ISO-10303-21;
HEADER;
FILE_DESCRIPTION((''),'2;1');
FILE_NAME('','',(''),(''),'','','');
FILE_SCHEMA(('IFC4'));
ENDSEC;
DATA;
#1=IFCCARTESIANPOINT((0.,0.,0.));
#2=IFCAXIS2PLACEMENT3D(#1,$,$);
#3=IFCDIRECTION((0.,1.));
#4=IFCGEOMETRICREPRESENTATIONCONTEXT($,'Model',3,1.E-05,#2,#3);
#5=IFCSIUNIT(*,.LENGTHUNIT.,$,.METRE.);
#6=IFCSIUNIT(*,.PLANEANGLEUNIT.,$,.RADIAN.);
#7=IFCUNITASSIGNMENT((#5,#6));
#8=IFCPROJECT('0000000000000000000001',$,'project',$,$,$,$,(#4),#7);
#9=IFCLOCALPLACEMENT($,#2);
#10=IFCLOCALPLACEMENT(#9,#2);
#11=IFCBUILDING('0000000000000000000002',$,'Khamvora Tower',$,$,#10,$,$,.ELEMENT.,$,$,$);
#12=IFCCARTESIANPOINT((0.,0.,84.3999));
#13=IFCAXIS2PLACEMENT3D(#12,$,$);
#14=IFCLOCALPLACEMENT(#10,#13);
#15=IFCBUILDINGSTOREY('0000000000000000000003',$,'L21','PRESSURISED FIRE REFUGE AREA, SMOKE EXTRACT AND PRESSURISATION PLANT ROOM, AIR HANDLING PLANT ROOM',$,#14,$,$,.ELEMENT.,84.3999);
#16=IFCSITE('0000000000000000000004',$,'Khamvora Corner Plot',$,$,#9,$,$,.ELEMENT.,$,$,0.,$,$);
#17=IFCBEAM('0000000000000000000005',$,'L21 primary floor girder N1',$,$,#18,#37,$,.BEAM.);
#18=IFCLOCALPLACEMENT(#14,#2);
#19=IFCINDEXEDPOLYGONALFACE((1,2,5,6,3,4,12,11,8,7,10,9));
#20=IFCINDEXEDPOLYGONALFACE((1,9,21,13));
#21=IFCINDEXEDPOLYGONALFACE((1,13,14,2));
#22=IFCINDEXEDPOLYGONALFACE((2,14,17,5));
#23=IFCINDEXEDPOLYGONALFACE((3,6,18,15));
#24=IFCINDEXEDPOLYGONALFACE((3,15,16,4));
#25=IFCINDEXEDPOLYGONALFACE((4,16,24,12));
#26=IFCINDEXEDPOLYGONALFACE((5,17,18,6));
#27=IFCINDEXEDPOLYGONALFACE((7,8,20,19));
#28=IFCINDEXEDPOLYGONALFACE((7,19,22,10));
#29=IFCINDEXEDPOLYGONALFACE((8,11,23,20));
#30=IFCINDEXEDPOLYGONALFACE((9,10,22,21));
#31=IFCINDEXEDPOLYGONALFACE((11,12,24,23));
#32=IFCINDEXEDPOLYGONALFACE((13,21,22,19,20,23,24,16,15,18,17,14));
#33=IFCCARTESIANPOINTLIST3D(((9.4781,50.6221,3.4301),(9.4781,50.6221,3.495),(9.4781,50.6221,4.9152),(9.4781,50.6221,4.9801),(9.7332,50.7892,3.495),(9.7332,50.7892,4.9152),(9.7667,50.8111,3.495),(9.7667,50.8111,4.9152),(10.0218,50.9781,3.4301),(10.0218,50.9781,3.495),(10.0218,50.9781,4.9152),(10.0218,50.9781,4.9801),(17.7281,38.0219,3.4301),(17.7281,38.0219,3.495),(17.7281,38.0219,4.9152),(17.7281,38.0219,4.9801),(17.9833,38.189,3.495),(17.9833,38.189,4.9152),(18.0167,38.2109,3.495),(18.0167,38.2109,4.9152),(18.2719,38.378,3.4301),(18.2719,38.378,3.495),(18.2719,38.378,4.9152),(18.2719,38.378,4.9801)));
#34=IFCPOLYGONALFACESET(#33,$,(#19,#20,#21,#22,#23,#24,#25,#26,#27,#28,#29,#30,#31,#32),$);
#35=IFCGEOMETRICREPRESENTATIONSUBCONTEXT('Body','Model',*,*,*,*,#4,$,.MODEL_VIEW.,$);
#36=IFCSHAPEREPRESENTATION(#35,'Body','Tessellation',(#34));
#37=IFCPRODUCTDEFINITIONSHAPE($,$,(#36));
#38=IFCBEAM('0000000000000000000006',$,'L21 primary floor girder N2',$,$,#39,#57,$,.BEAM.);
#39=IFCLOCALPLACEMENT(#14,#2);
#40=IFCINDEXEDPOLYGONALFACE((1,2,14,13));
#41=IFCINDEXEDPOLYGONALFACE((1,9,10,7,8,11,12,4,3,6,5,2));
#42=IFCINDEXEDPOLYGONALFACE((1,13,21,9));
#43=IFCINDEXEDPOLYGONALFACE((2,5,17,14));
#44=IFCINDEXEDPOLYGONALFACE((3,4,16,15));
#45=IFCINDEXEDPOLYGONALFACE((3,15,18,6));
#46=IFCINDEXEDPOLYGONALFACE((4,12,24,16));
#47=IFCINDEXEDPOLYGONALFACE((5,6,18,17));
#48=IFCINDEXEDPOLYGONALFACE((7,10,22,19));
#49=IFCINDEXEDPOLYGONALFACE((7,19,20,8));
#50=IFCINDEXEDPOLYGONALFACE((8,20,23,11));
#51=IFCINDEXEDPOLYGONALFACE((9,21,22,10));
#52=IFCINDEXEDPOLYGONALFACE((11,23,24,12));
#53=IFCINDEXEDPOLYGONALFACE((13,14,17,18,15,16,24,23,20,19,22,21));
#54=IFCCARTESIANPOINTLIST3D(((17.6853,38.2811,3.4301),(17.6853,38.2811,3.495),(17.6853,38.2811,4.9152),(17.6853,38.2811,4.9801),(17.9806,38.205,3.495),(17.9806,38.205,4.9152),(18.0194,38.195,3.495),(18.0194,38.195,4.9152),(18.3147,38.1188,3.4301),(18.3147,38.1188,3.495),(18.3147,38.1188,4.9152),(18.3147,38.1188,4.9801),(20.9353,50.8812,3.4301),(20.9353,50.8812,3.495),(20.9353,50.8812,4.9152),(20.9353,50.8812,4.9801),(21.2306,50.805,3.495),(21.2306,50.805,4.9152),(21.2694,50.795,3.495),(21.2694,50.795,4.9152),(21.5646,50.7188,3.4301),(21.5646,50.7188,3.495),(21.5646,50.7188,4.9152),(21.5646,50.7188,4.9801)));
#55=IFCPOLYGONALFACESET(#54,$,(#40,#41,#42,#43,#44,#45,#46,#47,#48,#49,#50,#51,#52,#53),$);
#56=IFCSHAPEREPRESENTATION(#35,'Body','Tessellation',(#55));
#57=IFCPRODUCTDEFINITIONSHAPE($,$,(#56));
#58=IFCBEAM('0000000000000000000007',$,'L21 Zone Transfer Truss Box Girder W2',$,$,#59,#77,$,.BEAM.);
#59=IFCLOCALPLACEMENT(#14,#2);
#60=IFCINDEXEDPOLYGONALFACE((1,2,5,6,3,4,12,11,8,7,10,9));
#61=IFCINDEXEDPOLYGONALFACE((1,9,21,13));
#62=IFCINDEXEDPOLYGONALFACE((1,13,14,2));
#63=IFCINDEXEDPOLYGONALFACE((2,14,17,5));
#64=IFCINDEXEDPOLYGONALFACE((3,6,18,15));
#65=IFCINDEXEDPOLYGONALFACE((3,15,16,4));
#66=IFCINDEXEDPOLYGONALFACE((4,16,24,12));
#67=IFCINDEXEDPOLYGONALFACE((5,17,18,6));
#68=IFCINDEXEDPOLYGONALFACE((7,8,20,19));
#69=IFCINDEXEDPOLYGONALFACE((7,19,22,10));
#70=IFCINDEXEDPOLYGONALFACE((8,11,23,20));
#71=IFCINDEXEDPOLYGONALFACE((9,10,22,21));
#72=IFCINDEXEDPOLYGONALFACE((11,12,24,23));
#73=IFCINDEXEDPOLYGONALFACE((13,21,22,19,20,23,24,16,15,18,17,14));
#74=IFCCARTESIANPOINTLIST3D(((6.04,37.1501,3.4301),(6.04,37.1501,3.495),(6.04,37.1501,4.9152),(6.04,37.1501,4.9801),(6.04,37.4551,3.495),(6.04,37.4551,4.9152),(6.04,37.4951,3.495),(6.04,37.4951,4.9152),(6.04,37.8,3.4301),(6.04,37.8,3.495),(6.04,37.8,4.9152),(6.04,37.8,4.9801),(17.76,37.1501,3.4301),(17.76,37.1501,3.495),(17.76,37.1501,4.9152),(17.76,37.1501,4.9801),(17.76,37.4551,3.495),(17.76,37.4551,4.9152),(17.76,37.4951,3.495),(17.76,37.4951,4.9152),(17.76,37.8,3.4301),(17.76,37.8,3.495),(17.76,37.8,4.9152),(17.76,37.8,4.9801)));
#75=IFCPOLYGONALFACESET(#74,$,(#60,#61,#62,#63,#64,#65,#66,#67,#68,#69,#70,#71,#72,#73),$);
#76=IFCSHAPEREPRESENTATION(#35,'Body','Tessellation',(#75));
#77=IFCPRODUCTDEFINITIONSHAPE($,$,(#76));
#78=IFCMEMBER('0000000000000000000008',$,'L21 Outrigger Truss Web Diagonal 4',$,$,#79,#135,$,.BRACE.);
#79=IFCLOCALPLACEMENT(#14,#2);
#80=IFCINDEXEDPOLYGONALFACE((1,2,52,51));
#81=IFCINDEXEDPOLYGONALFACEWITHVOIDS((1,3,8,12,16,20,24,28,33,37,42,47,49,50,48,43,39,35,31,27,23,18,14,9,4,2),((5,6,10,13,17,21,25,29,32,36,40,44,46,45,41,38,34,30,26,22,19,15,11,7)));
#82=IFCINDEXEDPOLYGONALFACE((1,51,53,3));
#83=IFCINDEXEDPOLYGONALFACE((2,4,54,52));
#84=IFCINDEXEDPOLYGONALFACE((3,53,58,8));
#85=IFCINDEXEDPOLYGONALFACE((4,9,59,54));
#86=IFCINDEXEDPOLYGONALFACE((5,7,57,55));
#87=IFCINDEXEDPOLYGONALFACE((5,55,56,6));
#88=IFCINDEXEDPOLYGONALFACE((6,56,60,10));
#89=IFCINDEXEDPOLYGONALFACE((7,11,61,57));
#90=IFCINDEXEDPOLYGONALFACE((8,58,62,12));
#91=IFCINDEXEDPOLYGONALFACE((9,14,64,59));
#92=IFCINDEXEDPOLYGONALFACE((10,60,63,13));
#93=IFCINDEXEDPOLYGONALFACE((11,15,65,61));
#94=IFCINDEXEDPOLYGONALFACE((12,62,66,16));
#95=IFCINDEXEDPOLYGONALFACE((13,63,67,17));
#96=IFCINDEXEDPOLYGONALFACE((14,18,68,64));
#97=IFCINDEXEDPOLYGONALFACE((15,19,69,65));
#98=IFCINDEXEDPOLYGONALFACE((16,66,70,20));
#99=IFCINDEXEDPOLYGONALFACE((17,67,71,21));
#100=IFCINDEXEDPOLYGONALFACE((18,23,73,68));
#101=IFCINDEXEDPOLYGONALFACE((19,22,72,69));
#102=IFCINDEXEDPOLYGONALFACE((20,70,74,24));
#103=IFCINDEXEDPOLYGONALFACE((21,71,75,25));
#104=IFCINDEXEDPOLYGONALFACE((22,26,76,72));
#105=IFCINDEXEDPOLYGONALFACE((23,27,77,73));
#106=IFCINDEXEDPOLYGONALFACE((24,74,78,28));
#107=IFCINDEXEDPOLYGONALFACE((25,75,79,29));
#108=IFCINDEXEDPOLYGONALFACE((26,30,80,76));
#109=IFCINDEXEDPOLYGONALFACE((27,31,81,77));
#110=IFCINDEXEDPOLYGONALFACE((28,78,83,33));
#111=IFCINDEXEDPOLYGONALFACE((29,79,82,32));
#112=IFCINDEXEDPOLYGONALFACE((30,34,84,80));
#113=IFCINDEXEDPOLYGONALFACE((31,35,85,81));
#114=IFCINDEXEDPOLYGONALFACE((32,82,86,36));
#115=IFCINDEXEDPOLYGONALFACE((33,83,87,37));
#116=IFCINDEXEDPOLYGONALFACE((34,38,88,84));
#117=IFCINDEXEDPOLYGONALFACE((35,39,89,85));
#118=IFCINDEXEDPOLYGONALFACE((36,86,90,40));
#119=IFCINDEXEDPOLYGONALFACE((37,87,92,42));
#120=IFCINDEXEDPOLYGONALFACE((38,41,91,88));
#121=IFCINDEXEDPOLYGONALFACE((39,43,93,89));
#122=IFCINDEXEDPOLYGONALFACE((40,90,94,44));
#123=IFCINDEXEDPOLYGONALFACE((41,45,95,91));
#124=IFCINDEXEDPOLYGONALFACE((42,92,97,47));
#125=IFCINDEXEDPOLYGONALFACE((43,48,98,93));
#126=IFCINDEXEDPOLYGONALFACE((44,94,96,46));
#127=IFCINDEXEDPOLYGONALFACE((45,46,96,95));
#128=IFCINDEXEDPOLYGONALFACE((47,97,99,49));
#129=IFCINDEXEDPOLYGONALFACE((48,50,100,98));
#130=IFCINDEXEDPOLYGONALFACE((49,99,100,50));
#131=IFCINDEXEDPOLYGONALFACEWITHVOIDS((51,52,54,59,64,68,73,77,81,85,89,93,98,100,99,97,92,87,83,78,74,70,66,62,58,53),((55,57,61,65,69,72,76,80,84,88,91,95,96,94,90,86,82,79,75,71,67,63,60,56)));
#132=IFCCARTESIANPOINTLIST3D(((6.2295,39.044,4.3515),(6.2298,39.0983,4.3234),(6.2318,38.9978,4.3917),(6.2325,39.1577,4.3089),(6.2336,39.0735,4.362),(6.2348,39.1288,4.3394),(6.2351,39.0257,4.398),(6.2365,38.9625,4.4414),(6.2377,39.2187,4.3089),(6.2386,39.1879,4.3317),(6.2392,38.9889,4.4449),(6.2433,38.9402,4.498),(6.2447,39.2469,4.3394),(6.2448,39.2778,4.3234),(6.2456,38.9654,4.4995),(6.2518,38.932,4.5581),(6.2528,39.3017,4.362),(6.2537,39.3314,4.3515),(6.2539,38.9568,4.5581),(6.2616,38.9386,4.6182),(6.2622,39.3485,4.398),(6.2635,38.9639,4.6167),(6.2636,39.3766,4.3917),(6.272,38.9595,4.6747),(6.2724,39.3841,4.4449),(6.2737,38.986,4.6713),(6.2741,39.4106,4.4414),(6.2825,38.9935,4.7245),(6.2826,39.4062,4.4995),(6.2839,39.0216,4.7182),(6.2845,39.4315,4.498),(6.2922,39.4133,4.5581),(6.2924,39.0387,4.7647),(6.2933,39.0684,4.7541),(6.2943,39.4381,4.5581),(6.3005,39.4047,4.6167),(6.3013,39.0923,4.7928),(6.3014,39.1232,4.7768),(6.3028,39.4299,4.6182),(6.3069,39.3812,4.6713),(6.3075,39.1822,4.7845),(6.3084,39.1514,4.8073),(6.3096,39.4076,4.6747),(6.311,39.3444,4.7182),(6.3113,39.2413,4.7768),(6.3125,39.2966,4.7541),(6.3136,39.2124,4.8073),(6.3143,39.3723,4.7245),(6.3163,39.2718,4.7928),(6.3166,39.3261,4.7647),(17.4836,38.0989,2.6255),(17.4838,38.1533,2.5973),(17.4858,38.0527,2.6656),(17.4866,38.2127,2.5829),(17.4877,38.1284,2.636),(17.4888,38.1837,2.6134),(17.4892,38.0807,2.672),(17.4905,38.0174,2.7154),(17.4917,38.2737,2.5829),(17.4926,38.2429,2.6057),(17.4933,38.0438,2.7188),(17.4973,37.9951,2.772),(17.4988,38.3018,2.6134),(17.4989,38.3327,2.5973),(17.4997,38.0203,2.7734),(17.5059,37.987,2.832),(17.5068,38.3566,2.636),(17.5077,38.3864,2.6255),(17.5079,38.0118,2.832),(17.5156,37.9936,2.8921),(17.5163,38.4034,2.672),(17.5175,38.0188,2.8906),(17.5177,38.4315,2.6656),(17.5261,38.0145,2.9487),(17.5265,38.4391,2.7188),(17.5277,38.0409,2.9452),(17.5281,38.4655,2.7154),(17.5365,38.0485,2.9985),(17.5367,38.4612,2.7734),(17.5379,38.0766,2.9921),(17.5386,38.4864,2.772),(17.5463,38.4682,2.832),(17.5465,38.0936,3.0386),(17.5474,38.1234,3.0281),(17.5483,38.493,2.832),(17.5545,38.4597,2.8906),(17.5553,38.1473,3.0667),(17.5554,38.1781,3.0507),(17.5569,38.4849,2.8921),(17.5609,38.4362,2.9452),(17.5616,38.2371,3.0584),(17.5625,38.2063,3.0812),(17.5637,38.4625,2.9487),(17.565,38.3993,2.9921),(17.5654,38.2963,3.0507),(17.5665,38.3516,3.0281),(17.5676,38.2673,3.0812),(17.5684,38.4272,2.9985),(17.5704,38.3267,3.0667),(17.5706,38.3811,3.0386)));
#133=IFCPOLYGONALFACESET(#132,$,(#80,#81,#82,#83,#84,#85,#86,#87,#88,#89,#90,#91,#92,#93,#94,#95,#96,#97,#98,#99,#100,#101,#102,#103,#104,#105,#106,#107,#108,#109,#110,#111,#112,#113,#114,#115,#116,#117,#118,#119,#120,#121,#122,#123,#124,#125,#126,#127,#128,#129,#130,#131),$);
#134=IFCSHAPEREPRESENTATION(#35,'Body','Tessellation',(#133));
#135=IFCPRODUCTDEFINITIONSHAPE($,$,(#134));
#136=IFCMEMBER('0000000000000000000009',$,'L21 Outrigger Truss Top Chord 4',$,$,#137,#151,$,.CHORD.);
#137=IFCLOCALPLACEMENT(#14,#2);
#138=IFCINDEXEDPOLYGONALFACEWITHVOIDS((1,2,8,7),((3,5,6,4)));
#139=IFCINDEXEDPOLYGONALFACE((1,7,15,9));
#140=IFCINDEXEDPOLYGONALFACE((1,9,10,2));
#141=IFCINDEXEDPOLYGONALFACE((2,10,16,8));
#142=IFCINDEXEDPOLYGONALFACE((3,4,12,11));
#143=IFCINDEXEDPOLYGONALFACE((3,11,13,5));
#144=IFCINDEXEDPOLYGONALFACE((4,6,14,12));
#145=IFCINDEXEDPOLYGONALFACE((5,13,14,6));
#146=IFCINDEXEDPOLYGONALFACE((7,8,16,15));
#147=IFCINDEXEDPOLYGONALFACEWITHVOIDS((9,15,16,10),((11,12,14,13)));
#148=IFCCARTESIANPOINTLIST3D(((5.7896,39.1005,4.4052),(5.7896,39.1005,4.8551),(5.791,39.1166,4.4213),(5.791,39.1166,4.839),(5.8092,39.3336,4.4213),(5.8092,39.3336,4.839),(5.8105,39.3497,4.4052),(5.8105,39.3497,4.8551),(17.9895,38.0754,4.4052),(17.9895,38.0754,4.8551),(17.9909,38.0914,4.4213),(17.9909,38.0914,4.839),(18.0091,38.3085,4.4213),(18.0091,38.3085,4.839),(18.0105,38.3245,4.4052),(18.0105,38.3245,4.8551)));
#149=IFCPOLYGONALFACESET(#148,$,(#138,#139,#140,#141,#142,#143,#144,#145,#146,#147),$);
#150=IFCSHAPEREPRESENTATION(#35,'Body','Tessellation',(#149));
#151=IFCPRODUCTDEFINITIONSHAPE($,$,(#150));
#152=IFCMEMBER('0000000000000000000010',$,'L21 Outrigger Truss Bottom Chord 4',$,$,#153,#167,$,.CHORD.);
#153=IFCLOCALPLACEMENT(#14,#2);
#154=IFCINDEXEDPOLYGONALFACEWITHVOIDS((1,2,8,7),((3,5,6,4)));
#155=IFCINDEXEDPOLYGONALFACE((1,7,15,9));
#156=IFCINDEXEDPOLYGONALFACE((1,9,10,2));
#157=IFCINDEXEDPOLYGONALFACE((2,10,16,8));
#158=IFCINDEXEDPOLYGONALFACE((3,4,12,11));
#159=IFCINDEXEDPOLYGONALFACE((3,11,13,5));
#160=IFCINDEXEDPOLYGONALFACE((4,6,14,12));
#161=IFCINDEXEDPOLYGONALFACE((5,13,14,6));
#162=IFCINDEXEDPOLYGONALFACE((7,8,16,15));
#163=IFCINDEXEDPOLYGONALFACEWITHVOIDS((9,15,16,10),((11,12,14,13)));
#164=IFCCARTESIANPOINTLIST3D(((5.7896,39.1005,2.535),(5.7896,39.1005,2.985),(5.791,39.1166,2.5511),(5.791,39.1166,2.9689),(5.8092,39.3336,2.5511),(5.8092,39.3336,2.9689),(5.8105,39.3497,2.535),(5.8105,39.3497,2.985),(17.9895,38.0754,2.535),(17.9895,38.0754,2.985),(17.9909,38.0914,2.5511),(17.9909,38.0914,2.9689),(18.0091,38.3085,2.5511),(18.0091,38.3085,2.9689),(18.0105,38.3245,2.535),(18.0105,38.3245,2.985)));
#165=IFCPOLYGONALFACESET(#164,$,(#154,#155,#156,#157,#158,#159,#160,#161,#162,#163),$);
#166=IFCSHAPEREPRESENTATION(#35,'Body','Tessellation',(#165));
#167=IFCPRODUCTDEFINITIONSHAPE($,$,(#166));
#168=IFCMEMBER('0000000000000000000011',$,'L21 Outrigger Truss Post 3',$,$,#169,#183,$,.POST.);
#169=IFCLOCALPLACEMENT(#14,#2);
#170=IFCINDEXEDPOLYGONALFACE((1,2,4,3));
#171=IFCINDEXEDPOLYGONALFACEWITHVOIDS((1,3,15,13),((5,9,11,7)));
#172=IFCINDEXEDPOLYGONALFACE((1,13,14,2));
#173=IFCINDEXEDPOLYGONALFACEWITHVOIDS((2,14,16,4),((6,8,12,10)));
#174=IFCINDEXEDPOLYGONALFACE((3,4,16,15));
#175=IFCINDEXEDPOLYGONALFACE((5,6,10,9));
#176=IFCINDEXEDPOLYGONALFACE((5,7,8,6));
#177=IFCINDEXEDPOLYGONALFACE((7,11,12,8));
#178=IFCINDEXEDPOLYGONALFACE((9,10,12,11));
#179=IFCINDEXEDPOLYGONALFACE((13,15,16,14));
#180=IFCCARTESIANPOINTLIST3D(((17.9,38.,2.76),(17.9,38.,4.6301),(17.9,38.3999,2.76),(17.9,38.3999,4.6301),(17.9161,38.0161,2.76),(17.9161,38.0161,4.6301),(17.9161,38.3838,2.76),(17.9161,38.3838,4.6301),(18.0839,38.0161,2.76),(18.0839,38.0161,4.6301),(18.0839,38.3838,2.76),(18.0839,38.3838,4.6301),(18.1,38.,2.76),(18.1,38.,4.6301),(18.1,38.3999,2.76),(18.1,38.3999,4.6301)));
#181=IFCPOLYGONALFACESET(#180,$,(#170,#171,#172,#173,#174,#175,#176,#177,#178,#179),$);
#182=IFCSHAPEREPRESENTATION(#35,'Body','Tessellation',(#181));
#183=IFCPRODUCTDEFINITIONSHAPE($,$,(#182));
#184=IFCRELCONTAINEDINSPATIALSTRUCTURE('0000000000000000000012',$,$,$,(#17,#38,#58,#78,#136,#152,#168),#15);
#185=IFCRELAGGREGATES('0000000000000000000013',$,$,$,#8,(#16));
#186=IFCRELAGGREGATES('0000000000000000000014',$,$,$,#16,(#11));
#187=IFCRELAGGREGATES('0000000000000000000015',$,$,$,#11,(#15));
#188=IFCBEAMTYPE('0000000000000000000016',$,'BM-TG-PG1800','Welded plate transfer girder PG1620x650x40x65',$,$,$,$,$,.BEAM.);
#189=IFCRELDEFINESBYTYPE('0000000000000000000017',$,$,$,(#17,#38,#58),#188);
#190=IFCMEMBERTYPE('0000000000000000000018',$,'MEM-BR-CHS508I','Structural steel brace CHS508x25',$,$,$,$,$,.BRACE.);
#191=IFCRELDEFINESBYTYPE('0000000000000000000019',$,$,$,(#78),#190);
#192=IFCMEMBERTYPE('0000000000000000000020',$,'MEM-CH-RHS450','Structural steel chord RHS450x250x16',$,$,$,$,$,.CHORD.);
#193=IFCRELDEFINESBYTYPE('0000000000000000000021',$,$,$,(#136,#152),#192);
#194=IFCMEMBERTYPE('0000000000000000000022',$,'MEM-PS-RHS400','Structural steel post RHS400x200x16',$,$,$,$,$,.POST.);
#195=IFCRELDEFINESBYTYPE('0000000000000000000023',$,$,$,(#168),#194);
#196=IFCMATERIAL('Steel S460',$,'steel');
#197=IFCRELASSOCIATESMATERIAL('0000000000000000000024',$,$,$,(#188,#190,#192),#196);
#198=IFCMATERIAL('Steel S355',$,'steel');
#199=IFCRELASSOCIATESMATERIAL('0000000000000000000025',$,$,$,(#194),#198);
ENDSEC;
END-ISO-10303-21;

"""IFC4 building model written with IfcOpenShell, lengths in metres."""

from ifc_helpers import new_model, si_unit, direction, frame, origin, origin_2d, place, context, subcontext, project, spatial, hollow_rectangle, hollow_circle, i_section, extrude, material, material_profile, profile_set, type_object, element, save


model = new_model("IFC4")

# Units and contexts
model_context = context("Model", 3, precision=1e-05, world=origin(), true_north=direction((0.0, 1.0)))
body_context = subcontext(model_context, "Body", "Model", "MODEL_VIEW")
ifc_project = project(units=[si_unit("LENGTHUNIT", "METRE"), si_unit("PLANEANGLEUNIT", "RADIAN")], contexts=[model_context])

# Site, building, storey
site_placement = place(None, origin())
site = spatial("IfcSite", under=ifc_project, at=site_placement, Name="Khamvora Corner Plot", CompositionType="ELEMENT", RefElevation=0.0)
building_placement = place(site_placement, origin())
building = spatial("IfcBuilding", under=site, at=building_placement, Name="Khamvora Tower", CompositionType="ELEMENT")
storey_placement = place(building_placement, frame((0.0, 0.0, 84.3999)))
storey = spatial("IfcBuildingStorey", under=building, at=storey_placement, Name="L21", Description="PRESSURISED FIRE REFUGE AREA, SMOKE EXTRACT AND PRESSURISATION PLANT ROOM, AIR HANDLING PLANT ROOM", CompositionType="ELEMENT", Elevation=84.3999)

# Shared definitions
ifc_material_1 = material(Name="Steel S355", Category="steel")

# Beams
ifc_material_2 = material(Name="Steel S460", Category="steel")
ifc_material_profile_1 = material_profile(ifc_material_2, i_section(OverallWidth=0.6499, OverallDepth=1.55, WebThickness=0.04, FlangeThickness=0.0649, at=origin_2d()), Name="PG1550x650x40x65")
ifc_profile_set_1 = profile_set([ifc_material_profile_1], Name="Steel S460")
beam_type_1 = type_object("IfcBeamType", Name="BM-TG-PG1800", Description="Welded plate transfer girder PG1620x650x40x65", PredefinedType="BEAM", material=ifc_profile_set_1)
beam_1_placement = place(storey_placement, frame((18.0, 38.2, 4.2051), z_axis=(-0.547783, 0.83662, 0.0), x_axis=(-0.83662, -0.547783, 0.0)))
element("IfcBeam", 1, at=beam_1_placement, inside=storey, type_object=beam_type_1, Name="L21 primary floor girder N1", PredefinedType="BEAM", context=body_context, shape_type="SweptSolid", body=[
    extrude(i_section(OverallWidth=0.6499, OverallDepth=1.55, WebThickness=0.04, FlangeThickness=0.0649, at=origin_2d()), origin(), (0.0, 0.0, 1.0), 15.0608),
])
beam_2_placement = place(storey_placement, frame((18.0, 38.2, 4.2051), z_axis=(0.24976, 0.968308, 0.0), x_axis=(-0.968308, 0.24976, 0.0)))
element("IfcBeam", 2, at=beam_2_placement, inside=storey, type_object=beam_type_1, Name="L21 primary floor girder N2", PredefinedType="BEAM", context=body_context, shape_type="SweptSolid", body=[
    extrude(i_section(OverallWidth=0.6499, OverallDepth=1.55, WebThickness=0.04, FlangeThickness=0.0649, at=origin_2d()), origin(), (0.0, 0.0, 1.0), 13.0125),
])
beam_3_placement = place(storey_placement, frame((6.04, 37.4751, 4.2051), z_axis=(1.0, 0.0, 0.0), x_axis=(0.0, 1.0, 0.0)))
element("IfcBeam", 3, at=beam_3_placement, inside=storey, type_object=beam_type_1, Name="L21 Zone Transfer Truss Box Girder W2", PredefinedType="BEAM", context=body_context, shape_type="SweptSolid", body=[
    extrude(i_section(OverallWidth=0.6499, OverallDepth=1.55, WebThickness=0.04, FlangeThickness=0.0649, at=origin_2d()), origin(), (0.0, 0.0, 1.0), 11.72),
])

# Members
ifc_material_profile_2 = material_profile(ifc_material_2, hollow_circle(Radius=0.2539, WallThickness=0.0249, at=origin_2d()), Name="CHS508x25")
ifc_profile_set_2 = profile_set([ifc_material_profile_2], Name="Steel S460")
member_type_1 = type_object("IfcMemberType", Name="MEM-BR-CHS508I", Description="Structural steel brace CHS508x25", PredefinedType="BRACE", material=ifc_profile_set_2)
member_placement = place(storey_placement, frame((17.5271, 38.24, 2.832), z_axis=(-0.985054, 0.08272, 0.15108), x_axis=(-0.083681, -0.996493, 0.0)))
element("IfcMember", 4, at=member_placement, inside=storey, type_object=member_type_1, Name="L21 Outrigger Truss Web Diagonal 4", PredefinedType="BRACE", context=body_context, shape_type="SweptSolid", body=[
    extrude(hollow_circle(Radius=0.2539, WallThickness=0.0249, at=origin_2d()), origin(), (0.0, 0.0, 1.0), 11.4248),
])
ifc_material_profile_3 = material_profile(ifc_material_2, hollow_rectangle(XDim=0.25, YDim=0.45, WallThickness=0.0161, at=origin_2d()), Name="RHS450x250x16")
ifc_profile_set_3 = profile_set([ifc_material_profile_3], Name="Steel S460")
member_type_2 = type_object("IfcMemberType", Name="MEM-CH-RHS450", Description="Structural steel chord RHS450x250x16", PredefinedType="CHORD", material=ifc_profile_set_3)
for number, where, z_axis, x_axis, name in (
    (5, (18.0, 38.2, 4.6301), (-0.996488, 0.083734, 0.0), (-0.083734, -0.996488, 0.0), "L21 Outrigger Truss Top Chord 4"),
    (6, (18.0, 38.2, 2.76), (-0.996488, 0.083734, 0.0), (-0.083734, -0.996488, 0.0), "L21 Outrigger Truss Bottom Chord 4"),
):
    element("IfcMember", number, at=place(storey_placement, frame(where, z_axis=z_axis, x_axis=x_axis)), inside=storey, type_object=member_type_2, Name=name, PredefinedType="CHORD", context=body_context, shape_type="SweptSolid", body=[
        extrude(hollow_rectangle(XDim=0.25, YDim=0.45, WallThickness=0.0161, at=origin_2d()), origin(), (0.0, 0.0, 1.0), 12.2429),
    ])
ifc_material_profile_4 = material_profile(ifc_material_1, hollow_rectangle(XDim=0.2, YDim=0.3999, WallThickness=0.0161, at=origin_2d()), Name="RHS400x200x16")
ifc_profile_set_4 = profile_set([ifc_material_profile_4], Name="Steel S355")
member_type_3 = type_object("IfcMemberType", Name="MEM-PS-RHS400", Description="Structural steel post RHS400x200x16", PredefinedType="POST", material=ifc_profile_set_4)
for number, where, z_axis, x_axis, name in (
    (7, (18.0, 38.2, 2.76), (0.0, 0.0, 1.0), (1.0, 0.0, 0.0), "L21 Outrigger Truss Post 3"),
):
    element("IfcMember", number, at=place(storey_placement, frame(where, z_axis=z_axis, x_axis=x_axis)), inside=storey, type_object=member_type_3, Name=name, PredefinedType="POST", context=body_context, shape_type="SweptSolid", body=[
        extrude(hollow_rectangle(XDim=0.2, YDim=0.3999, WallThickness=0.0161, at=origin_2d()), origin(), (0.0, 0.0, 1.0), 1.8701),
    ])

save(model, "model.ifc")
